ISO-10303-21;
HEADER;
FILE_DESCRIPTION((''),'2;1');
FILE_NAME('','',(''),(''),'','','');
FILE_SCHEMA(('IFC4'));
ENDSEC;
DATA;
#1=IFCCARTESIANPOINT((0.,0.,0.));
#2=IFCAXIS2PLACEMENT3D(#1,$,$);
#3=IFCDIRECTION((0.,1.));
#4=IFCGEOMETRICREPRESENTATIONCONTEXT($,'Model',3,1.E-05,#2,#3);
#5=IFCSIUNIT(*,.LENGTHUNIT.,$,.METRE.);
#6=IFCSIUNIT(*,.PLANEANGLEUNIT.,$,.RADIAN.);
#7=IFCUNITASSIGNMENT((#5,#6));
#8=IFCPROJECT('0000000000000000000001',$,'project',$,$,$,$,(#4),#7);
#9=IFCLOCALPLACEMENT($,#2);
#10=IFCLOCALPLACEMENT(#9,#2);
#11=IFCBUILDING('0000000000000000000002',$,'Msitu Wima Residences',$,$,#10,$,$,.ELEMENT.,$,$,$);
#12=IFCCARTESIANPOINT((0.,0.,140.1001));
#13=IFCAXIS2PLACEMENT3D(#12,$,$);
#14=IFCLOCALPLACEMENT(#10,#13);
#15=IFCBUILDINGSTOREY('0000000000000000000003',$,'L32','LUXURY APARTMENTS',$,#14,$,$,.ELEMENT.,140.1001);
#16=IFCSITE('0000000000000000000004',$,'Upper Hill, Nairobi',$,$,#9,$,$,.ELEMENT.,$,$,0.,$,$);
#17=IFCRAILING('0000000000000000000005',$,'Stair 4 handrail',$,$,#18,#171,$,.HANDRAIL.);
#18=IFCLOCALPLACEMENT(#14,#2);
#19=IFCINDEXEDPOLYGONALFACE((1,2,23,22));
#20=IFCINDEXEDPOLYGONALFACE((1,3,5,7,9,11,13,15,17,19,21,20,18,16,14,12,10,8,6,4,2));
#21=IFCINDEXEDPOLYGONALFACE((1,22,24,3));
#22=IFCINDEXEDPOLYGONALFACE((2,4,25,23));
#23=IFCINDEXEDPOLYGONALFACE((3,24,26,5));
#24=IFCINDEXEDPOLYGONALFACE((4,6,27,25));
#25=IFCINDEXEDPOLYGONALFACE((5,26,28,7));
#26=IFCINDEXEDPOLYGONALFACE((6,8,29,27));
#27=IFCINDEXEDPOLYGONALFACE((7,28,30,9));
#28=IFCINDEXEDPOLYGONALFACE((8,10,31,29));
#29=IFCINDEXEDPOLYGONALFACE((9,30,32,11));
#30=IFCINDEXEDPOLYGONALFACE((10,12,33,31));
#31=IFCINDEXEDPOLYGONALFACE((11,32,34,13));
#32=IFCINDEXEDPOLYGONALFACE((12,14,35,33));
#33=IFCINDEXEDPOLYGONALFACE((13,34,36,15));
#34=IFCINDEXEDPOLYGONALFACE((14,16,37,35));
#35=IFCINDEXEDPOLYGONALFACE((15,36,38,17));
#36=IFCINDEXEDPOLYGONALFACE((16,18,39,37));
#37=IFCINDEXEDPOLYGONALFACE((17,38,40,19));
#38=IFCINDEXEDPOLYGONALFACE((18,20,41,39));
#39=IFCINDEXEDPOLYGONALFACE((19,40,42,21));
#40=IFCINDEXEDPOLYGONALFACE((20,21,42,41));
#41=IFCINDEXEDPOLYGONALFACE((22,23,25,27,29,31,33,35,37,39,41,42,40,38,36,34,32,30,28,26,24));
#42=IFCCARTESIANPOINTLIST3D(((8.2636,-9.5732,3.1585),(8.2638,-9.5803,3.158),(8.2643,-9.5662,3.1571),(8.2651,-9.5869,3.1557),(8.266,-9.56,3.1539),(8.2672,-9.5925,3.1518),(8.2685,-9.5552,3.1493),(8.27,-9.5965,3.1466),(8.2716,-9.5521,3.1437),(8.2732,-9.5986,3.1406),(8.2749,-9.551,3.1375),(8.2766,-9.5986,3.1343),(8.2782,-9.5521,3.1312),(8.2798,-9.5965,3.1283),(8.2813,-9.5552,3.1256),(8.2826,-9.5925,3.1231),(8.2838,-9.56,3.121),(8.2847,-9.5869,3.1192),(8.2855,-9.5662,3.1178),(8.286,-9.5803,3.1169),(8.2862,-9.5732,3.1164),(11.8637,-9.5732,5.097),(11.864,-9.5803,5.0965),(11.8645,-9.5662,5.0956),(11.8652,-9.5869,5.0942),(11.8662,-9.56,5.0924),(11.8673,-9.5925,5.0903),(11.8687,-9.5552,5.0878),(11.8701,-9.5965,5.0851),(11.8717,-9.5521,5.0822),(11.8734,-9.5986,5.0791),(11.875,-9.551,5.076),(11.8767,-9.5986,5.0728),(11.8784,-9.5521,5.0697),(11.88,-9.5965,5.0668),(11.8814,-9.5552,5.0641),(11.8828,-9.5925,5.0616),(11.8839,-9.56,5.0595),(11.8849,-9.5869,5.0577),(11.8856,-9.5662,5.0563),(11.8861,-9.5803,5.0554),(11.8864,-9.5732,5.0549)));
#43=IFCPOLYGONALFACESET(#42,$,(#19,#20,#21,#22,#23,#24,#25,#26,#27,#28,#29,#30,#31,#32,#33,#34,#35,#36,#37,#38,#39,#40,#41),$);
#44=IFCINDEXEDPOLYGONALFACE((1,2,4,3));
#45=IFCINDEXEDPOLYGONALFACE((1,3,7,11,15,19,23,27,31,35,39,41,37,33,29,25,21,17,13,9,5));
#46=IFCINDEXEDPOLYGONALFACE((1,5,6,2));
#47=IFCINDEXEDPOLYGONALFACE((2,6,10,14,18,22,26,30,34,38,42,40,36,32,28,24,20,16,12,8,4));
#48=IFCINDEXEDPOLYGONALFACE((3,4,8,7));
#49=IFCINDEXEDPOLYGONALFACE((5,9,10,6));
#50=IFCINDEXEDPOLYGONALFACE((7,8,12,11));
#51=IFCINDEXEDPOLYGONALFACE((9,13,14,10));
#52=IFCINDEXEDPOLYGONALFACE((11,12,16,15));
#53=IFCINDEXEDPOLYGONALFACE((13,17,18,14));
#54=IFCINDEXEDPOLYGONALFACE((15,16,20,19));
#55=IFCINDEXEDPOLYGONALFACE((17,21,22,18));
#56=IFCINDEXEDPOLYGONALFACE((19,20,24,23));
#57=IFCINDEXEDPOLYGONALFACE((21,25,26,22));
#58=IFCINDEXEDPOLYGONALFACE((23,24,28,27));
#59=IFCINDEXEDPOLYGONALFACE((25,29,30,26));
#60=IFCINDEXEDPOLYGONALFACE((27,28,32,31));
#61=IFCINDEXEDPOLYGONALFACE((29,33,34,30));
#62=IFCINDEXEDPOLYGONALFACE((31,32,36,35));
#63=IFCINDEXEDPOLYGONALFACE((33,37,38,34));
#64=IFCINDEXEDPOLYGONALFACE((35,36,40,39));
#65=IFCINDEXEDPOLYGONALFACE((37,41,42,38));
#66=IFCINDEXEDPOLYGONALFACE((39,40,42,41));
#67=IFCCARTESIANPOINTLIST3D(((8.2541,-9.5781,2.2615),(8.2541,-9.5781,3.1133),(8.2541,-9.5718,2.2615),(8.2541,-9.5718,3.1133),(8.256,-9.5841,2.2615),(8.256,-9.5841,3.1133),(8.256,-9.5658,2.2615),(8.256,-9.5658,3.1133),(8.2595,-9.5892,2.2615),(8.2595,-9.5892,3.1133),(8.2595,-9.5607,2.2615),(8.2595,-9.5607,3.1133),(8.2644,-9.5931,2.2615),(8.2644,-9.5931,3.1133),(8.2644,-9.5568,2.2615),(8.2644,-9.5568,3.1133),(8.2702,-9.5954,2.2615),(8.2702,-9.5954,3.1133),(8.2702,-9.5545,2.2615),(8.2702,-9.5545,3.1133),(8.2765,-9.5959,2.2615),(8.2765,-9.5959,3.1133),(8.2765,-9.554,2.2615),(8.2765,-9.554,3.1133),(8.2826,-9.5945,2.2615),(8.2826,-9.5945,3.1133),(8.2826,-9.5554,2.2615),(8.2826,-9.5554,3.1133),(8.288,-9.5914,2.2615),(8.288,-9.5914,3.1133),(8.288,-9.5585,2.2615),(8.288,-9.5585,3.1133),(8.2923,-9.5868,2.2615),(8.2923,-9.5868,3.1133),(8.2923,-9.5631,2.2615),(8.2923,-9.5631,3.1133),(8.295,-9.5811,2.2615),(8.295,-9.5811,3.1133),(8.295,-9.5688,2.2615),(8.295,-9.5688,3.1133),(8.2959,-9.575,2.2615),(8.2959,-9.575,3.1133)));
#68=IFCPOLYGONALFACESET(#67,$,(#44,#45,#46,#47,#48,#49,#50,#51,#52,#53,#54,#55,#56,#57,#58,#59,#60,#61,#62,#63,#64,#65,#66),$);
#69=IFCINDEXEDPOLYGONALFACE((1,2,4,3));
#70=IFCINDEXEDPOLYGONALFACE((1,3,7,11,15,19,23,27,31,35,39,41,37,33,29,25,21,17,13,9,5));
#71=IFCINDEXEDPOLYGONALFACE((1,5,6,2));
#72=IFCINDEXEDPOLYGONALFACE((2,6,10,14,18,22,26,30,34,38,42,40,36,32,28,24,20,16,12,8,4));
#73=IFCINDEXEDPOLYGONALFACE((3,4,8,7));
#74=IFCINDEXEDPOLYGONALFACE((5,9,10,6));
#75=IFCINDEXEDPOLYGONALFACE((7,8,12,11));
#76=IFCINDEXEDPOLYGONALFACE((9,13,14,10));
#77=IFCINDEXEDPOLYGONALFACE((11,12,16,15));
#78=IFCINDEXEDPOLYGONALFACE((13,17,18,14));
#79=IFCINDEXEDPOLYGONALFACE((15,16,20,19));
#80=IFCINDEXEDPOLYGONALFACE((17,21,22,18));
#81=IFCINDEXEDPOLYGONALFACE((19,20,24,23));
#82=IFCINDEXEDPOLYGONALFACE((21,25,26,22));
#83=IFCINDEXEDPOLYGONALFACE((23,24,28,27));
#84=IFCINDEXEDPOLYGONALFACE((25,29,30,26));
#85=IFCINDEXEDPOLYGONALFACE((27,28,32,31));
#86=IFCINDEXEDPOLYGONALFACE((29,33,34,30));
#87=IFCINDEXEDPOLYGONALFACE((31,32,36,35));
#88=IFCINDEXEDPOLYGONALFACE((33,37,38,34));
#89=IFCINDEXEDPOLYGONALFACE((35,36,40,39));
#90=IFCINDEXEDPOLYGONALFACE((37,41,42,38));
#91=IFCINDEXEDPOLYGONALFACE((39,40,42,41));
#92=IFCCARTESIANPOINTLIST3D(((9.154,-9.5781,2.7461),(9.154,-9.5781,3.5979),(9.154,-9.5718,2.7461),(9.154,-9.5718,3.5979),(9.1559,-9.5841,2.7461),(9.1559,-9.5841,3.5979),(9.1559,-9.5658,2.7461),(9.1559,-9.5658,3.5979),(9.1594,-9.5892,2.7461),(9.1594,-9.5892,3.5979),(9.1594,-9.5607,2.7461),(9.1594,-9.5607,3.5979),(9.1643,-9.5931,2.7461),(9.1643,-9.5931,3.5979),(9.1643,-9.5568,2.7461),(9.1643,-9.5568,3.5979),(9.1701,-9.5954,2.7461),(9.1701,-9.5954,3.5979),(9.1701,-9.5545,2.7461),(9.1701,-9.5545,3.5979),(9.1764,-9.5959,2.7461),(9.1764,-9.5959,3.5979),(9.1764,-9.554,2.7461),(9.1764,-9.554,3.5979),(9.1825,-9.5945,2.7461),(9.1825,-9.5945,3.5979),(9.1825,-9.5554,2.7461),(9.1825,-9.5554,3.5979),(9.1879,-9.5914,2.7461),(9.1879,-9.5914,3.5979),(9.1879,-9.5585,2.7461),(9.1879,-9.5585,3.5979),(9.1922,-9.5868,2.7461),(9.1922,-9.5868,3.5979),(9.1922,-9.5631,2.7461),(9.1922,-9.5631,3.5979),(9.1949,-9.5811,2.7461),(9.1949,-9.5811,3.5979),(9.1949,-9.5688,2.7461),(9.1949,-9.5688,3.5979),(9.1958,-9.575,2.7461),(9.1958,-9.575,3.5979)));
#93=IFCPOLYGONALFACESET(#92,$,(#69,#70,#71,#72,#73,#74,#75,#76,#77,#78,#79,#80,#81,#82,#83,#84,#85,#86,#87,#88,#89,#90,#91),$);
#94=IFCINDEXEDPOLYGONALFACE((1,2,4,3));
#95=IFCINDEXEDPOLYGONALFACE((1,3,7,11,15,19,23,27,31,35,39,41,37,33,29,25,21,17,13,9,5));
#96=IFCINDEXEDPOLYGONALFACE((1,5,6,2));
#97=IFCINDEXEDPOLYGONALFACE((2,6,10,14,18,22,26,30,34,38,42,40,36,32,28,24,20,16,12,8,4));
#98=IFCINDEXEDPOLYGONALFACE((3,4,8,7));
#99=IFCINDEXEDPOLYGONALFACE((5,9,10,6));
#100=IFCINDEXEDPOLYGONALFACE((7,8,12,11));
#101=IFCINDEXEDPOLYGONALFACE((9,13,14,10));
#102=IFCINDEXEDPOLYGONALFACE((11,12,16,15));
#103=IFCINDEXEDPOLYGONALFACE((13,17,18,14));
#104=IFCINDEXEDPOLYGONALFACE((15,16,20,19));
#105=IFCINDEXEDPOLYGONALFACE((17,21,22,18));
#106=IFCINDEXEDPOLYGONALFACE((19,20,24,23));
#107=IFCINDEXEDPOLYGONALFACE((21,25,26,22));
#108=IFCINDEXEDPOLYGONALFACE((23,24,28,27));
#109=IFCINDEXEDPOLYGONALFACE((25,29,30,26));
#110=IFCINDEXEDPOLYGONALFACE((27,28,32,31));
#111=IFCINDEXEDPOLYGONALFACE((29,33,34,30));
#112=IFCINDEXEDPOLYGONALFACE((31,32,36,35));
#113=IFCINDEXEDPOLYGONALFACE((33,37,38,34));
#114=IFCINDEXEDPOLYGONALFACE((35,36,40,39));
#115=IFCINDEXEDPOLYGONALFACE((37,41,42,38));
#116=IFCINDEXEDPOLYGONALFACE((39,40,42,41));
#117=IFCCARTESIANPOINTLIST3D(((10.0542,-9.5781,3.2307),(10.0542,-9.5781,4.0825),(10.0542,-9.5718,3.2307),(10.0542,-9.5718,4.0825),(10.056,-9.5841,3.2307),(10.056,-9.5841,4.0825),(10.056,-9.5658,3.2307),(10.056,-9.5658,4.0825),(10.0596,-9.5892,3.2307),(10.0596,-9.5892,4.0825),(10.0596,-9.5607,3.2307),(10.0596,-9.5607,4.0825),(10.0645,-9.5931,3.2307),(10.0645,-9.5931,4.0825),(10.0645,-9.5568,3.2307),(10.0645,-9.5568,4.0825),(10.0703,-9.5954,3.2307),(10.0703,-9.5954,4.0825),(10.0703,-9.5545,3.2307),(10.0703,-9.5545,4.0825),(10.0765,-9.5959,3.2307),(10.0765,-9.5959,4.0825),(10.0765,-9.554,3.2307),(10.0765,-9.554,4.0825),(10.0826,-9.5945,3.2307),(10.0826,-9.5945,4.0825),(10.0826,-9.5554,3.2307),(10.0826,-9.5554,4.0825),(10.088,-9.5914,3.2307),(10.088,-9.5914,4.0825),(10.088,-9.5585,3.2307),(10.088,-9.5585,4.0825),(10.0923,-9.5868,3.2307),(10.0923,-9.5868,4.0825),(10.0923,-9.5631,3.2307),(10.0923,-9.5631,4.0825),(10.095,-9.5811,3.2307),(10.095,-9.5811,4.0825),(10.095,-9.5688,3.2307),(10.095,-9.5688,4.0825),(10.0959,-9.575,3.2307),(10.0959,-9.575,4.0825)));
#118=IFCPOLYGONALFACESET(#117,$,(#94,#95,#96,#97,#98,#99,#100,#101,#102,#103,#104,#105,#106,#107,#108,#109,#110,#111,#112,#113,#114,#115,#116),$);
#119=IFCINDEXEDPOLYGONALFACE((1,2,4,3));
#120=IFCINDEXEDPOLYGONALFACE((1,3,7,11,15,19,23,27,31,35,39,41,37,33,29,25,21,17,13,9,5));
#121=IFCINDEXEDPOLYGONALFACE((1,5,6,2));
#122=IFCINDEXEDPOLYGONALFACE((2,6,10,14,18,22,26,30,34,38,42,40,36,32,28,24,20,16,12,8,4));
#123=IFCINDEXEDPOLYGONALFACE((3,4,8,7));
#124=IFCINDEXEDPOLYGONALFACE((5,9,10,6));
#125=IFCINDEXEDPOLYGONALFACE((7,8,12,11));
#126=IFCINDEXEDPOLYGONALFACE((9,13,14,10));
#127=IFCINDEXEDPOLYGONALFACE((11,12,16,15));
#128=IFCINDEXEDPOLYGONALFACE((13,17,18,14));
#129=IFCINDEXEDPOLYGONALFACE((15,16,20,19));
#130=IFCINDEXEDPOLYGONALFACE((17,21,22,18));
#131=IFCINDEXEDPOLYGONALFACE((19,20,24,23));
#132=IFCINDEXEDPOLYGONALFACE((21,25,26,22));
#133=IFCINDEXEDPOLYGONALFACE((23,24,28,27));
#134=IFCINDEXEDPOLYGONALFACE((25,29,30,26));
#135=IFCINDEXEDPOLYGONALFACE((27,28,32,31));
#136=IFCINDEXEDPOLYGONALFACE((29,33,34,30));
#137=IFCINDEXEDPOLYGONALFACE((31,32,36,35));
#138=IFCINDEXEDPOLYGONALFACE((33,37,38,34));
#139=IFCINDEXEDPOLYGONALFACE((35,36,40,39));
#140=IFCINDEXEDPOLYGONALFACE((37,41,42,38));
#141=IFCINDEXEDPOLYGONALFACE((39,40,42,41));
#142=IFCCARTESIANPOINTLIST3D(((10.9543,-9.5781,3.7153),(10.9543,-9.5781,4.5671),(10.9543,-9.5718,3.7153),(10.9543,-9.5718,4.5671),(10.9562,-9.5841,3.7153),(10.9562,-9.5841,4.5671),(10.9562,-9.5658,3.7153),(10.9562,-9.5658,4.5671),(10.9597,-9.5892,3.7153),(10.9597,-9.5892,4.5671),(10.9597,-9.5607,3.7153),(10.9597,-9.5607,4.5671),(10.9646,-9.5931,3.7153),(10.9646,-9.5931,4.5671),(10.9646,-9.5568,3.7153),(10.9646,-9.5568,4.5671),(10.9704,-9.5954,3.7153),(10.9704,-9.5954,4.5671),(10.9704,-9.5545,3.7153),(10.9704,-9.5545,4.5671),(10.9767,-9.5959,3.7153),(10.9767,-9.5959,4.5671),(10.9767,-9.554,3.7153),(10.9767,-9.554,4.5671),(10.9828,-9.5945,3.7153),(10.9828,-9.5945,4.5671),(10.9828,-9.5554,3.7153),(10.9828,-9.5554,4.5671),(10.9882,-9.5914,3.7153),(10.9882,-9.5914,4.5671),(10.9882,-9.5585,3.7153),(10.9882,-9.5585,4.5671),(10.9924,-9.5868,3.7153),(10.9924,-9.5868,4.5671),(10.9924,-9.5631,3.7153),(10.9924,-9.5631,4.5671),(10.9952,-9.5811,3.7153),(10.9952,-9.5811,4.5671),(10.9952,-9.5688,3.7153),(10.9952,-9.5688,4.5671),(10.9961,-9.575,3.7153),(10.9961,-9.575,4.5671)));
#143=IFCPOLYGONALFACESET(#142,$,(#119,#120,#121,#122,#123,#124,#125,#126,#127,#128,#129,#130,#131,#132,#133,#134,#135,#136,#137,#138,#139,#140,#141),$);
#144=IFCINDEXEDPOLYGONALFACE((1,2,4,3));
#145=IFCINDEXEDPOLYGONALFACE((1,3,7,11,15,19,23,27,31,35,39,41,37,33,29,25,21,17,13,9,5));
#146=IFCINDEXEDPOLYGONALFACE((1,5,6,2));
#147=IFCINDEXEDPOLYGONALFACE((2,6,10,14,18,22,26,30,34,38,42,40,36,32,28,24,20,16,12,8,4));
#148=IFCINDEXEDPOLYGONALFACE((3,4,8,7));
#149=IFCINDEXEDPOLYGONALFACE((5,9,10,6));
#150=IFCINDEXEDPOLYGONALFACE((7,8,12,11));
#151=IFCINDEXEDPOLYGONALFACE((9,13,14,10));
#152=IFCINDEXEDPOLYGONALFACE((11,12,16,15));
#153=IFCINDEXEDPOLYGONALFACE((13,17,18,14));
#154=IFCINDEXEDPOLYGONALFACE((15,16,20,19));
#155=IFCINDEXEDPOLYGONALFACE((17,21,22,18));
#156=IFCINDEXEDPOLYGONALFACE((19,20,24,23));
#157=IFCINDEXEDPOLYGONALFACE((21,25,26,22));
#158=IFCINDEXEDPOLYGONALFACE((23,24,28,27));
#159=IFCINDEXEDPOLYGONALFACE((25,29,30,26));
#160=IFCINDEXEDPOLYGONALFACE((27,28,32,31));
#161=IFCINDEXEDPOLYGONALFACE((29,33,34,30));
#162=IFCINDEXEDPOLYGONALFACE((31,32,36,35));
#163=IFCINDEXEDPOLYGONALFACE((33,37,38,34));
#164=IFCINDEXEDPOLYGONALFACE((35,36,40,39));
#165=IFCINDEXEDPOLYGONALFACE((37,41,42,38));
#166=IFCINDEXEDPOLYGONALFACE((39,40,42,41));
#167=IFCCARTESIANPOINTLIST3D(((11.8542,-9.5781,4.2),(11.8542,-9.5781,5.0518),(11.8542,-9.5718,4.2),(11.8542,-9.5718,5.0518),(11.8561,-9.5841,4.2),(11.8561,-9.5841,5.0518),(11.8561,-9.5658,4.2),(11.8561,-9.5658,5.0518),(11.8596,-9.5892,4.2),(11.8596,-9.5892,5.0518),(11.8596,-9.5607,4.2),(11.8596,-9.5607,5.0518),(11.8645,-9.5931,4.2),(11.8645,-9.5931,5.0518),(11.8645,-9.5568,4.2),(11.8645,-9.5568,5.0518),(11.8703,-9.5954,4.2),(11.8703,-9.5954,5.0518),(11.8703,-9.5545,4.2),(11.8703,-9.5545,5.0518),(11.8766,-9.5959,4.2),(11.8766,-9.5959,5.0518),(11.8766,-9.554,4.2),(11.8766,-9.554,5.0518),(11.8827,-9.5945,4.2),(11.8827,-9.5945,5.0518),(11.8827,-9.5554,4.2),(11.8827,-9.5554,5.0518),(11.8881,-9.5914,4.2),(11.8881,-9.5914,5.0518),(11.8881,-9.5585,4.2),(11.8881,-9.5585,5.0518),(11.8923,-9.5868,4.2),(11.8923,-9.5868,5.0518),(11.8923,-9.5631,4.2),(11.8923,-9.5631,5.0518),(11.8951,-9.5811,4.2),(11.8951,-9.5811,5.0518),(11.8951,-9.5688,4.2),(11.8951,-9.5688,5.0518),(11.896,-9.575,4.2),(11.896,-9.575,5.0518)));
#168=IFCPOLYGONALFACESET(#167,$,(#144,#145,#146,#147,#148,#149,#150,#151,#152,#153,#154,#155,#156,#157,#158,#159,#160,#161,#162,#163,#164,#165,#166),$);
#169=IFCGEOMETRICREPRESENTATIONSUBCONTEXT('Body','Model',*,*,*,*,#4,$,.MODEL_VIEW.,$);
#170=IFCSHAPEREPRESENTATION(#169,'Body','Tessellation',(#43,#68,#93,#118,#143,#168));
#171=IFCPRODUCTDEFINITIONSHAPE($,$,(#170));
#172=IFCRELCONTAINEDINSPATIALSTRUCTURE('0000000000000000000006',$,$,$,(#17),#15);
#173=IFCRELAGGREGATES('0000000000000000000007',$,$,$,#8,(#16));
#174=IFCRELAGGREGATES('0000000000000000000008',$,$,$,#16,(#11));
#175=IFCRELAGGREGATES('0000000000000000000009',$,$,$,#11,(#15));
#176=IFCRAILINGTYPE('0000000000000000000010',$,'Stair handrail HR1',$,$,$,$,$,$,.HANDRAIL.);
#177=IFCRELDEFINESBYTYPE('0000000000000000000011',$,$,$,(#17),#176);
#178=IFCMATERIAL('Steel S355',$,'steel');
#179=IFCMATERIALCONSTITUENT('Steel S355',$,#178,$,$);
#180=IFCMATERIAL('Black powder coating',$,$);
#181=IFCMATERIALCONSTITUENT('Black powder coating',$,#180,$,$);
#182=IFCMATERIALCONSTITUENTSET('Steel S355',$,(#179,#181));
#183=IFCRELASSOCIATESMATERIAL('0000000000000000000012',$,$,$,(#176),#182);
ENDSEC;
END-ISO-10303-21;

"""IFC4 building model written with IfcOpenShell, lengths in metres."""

from ifc_helpers import new_model, si_unit, direction, frame, origin, origin_2d, place, context, subcontext, project, spatial, circle, extrude, material, constituent, constituent_set, type_object, element, save


model = new_model("IFC4")

# Units and contexts
model_context = context("Model", 3, precision=1e-05, world=origin(), true_north=direction((0.0, 1.0)))
body_context = subcontext(model_context, "Body", "Model", "MODEL_VIEW")
ifc_project = project(units=[si_unit("LENGTHUNIT", "METRE"), si_unit("PLANEANGLEUNIT", "RADIAN")], contexts=[model_context])

# Site, building, storey
site_placement = place(None, origin())
site = spatial("IfcSite", under=ifc_project, at=site_placement, Name="Upper Hill, Nairobi", CompositionType="ELEMENT", RefElevation=0.0)
building_placement = place(site_placement, origin())
building = spatial("IfcBuilding", under=site, at=building_placement, Name="Msitu Wima Residences", CompositionType="ELEMENT")
storey_placement = place(building_placement, frame((0.0, 0.0, 140.1001)))
storey = spatial("IfcBuildingStorey", under=building, at=storey_placement, Name="L32", Description="LUXURY APARTMENTS", CompositionType="ELEMENT", Elevation=140.1001)

# Railing
ifc_material_1 = material(Name="Steel S355", Category="steel")
ifc_constituent_1 = constituent(ifc_material_1, Name="Steel S355")
ifc_material_2 = material(Name="Black powder coating")
ifc_constituent_2 = constituent(ifc_material_2, Name="Black powder coating")
ifc_constituent_set = constituent_set(constituents=[ifc_constituent_1, ifc_constituent_2], Name="Steel S355")
railing_type = type_object("IfcRailingType", Name="Stair handrail HR1", PredefinedType="HANDRAIL", material=ifc_constituent_set)
for number, where, name in (
    (1, (8.2749, -9.575, 2.2615), "Stair 4 handrail"),
):
    element("IfcRailing", number, at=place(storey_placement, frame(where)), inside=storey, type_object=railing_type, Name=name, PredefinedType="HANDRAIL", context=body_context, shape_type="SweptSolid", body=[
        extrude(circle(Radius=0.0239, at=origin_2d()), frame((0.0, 0.0, 0.876), z_axis=(0.880475, 0.0, 0.474093), x_axis=(0.0, 1.0, 0.0)), (0.0, 0.0, 1.0), 4.0889),
        extrude(circle(Radius=0.021, at=origin_2d()), origin(), (0.0, 0.0, 1.0), 0.8518),
        extrude(circle(Radius=0.021, at=origin_2d()), frame((0.8999, 0.0, 0.4846)), (0.0, 0.0, 1.0), 0.8518),
        extrude(circle(Radius=0.021, at=origin_2d()), frame((1.8, 0.0, 0.9692)), (0.0, 0.0, 1.0), 0.8518),
        extrude(circle(Radius=0.021, at=origin_2d()), frame((2.7002, 0.0, 1.4539)), (0.0, 0.0, 1.0), 0.8518),
        extrude(circle(Radius=0.021, at=origin_2d()), frame((3.6001, 0.0, 1.9385)), (0.0, 0.0, 1.0), 0.8518),
    ])

save(model, "model.ifc")
